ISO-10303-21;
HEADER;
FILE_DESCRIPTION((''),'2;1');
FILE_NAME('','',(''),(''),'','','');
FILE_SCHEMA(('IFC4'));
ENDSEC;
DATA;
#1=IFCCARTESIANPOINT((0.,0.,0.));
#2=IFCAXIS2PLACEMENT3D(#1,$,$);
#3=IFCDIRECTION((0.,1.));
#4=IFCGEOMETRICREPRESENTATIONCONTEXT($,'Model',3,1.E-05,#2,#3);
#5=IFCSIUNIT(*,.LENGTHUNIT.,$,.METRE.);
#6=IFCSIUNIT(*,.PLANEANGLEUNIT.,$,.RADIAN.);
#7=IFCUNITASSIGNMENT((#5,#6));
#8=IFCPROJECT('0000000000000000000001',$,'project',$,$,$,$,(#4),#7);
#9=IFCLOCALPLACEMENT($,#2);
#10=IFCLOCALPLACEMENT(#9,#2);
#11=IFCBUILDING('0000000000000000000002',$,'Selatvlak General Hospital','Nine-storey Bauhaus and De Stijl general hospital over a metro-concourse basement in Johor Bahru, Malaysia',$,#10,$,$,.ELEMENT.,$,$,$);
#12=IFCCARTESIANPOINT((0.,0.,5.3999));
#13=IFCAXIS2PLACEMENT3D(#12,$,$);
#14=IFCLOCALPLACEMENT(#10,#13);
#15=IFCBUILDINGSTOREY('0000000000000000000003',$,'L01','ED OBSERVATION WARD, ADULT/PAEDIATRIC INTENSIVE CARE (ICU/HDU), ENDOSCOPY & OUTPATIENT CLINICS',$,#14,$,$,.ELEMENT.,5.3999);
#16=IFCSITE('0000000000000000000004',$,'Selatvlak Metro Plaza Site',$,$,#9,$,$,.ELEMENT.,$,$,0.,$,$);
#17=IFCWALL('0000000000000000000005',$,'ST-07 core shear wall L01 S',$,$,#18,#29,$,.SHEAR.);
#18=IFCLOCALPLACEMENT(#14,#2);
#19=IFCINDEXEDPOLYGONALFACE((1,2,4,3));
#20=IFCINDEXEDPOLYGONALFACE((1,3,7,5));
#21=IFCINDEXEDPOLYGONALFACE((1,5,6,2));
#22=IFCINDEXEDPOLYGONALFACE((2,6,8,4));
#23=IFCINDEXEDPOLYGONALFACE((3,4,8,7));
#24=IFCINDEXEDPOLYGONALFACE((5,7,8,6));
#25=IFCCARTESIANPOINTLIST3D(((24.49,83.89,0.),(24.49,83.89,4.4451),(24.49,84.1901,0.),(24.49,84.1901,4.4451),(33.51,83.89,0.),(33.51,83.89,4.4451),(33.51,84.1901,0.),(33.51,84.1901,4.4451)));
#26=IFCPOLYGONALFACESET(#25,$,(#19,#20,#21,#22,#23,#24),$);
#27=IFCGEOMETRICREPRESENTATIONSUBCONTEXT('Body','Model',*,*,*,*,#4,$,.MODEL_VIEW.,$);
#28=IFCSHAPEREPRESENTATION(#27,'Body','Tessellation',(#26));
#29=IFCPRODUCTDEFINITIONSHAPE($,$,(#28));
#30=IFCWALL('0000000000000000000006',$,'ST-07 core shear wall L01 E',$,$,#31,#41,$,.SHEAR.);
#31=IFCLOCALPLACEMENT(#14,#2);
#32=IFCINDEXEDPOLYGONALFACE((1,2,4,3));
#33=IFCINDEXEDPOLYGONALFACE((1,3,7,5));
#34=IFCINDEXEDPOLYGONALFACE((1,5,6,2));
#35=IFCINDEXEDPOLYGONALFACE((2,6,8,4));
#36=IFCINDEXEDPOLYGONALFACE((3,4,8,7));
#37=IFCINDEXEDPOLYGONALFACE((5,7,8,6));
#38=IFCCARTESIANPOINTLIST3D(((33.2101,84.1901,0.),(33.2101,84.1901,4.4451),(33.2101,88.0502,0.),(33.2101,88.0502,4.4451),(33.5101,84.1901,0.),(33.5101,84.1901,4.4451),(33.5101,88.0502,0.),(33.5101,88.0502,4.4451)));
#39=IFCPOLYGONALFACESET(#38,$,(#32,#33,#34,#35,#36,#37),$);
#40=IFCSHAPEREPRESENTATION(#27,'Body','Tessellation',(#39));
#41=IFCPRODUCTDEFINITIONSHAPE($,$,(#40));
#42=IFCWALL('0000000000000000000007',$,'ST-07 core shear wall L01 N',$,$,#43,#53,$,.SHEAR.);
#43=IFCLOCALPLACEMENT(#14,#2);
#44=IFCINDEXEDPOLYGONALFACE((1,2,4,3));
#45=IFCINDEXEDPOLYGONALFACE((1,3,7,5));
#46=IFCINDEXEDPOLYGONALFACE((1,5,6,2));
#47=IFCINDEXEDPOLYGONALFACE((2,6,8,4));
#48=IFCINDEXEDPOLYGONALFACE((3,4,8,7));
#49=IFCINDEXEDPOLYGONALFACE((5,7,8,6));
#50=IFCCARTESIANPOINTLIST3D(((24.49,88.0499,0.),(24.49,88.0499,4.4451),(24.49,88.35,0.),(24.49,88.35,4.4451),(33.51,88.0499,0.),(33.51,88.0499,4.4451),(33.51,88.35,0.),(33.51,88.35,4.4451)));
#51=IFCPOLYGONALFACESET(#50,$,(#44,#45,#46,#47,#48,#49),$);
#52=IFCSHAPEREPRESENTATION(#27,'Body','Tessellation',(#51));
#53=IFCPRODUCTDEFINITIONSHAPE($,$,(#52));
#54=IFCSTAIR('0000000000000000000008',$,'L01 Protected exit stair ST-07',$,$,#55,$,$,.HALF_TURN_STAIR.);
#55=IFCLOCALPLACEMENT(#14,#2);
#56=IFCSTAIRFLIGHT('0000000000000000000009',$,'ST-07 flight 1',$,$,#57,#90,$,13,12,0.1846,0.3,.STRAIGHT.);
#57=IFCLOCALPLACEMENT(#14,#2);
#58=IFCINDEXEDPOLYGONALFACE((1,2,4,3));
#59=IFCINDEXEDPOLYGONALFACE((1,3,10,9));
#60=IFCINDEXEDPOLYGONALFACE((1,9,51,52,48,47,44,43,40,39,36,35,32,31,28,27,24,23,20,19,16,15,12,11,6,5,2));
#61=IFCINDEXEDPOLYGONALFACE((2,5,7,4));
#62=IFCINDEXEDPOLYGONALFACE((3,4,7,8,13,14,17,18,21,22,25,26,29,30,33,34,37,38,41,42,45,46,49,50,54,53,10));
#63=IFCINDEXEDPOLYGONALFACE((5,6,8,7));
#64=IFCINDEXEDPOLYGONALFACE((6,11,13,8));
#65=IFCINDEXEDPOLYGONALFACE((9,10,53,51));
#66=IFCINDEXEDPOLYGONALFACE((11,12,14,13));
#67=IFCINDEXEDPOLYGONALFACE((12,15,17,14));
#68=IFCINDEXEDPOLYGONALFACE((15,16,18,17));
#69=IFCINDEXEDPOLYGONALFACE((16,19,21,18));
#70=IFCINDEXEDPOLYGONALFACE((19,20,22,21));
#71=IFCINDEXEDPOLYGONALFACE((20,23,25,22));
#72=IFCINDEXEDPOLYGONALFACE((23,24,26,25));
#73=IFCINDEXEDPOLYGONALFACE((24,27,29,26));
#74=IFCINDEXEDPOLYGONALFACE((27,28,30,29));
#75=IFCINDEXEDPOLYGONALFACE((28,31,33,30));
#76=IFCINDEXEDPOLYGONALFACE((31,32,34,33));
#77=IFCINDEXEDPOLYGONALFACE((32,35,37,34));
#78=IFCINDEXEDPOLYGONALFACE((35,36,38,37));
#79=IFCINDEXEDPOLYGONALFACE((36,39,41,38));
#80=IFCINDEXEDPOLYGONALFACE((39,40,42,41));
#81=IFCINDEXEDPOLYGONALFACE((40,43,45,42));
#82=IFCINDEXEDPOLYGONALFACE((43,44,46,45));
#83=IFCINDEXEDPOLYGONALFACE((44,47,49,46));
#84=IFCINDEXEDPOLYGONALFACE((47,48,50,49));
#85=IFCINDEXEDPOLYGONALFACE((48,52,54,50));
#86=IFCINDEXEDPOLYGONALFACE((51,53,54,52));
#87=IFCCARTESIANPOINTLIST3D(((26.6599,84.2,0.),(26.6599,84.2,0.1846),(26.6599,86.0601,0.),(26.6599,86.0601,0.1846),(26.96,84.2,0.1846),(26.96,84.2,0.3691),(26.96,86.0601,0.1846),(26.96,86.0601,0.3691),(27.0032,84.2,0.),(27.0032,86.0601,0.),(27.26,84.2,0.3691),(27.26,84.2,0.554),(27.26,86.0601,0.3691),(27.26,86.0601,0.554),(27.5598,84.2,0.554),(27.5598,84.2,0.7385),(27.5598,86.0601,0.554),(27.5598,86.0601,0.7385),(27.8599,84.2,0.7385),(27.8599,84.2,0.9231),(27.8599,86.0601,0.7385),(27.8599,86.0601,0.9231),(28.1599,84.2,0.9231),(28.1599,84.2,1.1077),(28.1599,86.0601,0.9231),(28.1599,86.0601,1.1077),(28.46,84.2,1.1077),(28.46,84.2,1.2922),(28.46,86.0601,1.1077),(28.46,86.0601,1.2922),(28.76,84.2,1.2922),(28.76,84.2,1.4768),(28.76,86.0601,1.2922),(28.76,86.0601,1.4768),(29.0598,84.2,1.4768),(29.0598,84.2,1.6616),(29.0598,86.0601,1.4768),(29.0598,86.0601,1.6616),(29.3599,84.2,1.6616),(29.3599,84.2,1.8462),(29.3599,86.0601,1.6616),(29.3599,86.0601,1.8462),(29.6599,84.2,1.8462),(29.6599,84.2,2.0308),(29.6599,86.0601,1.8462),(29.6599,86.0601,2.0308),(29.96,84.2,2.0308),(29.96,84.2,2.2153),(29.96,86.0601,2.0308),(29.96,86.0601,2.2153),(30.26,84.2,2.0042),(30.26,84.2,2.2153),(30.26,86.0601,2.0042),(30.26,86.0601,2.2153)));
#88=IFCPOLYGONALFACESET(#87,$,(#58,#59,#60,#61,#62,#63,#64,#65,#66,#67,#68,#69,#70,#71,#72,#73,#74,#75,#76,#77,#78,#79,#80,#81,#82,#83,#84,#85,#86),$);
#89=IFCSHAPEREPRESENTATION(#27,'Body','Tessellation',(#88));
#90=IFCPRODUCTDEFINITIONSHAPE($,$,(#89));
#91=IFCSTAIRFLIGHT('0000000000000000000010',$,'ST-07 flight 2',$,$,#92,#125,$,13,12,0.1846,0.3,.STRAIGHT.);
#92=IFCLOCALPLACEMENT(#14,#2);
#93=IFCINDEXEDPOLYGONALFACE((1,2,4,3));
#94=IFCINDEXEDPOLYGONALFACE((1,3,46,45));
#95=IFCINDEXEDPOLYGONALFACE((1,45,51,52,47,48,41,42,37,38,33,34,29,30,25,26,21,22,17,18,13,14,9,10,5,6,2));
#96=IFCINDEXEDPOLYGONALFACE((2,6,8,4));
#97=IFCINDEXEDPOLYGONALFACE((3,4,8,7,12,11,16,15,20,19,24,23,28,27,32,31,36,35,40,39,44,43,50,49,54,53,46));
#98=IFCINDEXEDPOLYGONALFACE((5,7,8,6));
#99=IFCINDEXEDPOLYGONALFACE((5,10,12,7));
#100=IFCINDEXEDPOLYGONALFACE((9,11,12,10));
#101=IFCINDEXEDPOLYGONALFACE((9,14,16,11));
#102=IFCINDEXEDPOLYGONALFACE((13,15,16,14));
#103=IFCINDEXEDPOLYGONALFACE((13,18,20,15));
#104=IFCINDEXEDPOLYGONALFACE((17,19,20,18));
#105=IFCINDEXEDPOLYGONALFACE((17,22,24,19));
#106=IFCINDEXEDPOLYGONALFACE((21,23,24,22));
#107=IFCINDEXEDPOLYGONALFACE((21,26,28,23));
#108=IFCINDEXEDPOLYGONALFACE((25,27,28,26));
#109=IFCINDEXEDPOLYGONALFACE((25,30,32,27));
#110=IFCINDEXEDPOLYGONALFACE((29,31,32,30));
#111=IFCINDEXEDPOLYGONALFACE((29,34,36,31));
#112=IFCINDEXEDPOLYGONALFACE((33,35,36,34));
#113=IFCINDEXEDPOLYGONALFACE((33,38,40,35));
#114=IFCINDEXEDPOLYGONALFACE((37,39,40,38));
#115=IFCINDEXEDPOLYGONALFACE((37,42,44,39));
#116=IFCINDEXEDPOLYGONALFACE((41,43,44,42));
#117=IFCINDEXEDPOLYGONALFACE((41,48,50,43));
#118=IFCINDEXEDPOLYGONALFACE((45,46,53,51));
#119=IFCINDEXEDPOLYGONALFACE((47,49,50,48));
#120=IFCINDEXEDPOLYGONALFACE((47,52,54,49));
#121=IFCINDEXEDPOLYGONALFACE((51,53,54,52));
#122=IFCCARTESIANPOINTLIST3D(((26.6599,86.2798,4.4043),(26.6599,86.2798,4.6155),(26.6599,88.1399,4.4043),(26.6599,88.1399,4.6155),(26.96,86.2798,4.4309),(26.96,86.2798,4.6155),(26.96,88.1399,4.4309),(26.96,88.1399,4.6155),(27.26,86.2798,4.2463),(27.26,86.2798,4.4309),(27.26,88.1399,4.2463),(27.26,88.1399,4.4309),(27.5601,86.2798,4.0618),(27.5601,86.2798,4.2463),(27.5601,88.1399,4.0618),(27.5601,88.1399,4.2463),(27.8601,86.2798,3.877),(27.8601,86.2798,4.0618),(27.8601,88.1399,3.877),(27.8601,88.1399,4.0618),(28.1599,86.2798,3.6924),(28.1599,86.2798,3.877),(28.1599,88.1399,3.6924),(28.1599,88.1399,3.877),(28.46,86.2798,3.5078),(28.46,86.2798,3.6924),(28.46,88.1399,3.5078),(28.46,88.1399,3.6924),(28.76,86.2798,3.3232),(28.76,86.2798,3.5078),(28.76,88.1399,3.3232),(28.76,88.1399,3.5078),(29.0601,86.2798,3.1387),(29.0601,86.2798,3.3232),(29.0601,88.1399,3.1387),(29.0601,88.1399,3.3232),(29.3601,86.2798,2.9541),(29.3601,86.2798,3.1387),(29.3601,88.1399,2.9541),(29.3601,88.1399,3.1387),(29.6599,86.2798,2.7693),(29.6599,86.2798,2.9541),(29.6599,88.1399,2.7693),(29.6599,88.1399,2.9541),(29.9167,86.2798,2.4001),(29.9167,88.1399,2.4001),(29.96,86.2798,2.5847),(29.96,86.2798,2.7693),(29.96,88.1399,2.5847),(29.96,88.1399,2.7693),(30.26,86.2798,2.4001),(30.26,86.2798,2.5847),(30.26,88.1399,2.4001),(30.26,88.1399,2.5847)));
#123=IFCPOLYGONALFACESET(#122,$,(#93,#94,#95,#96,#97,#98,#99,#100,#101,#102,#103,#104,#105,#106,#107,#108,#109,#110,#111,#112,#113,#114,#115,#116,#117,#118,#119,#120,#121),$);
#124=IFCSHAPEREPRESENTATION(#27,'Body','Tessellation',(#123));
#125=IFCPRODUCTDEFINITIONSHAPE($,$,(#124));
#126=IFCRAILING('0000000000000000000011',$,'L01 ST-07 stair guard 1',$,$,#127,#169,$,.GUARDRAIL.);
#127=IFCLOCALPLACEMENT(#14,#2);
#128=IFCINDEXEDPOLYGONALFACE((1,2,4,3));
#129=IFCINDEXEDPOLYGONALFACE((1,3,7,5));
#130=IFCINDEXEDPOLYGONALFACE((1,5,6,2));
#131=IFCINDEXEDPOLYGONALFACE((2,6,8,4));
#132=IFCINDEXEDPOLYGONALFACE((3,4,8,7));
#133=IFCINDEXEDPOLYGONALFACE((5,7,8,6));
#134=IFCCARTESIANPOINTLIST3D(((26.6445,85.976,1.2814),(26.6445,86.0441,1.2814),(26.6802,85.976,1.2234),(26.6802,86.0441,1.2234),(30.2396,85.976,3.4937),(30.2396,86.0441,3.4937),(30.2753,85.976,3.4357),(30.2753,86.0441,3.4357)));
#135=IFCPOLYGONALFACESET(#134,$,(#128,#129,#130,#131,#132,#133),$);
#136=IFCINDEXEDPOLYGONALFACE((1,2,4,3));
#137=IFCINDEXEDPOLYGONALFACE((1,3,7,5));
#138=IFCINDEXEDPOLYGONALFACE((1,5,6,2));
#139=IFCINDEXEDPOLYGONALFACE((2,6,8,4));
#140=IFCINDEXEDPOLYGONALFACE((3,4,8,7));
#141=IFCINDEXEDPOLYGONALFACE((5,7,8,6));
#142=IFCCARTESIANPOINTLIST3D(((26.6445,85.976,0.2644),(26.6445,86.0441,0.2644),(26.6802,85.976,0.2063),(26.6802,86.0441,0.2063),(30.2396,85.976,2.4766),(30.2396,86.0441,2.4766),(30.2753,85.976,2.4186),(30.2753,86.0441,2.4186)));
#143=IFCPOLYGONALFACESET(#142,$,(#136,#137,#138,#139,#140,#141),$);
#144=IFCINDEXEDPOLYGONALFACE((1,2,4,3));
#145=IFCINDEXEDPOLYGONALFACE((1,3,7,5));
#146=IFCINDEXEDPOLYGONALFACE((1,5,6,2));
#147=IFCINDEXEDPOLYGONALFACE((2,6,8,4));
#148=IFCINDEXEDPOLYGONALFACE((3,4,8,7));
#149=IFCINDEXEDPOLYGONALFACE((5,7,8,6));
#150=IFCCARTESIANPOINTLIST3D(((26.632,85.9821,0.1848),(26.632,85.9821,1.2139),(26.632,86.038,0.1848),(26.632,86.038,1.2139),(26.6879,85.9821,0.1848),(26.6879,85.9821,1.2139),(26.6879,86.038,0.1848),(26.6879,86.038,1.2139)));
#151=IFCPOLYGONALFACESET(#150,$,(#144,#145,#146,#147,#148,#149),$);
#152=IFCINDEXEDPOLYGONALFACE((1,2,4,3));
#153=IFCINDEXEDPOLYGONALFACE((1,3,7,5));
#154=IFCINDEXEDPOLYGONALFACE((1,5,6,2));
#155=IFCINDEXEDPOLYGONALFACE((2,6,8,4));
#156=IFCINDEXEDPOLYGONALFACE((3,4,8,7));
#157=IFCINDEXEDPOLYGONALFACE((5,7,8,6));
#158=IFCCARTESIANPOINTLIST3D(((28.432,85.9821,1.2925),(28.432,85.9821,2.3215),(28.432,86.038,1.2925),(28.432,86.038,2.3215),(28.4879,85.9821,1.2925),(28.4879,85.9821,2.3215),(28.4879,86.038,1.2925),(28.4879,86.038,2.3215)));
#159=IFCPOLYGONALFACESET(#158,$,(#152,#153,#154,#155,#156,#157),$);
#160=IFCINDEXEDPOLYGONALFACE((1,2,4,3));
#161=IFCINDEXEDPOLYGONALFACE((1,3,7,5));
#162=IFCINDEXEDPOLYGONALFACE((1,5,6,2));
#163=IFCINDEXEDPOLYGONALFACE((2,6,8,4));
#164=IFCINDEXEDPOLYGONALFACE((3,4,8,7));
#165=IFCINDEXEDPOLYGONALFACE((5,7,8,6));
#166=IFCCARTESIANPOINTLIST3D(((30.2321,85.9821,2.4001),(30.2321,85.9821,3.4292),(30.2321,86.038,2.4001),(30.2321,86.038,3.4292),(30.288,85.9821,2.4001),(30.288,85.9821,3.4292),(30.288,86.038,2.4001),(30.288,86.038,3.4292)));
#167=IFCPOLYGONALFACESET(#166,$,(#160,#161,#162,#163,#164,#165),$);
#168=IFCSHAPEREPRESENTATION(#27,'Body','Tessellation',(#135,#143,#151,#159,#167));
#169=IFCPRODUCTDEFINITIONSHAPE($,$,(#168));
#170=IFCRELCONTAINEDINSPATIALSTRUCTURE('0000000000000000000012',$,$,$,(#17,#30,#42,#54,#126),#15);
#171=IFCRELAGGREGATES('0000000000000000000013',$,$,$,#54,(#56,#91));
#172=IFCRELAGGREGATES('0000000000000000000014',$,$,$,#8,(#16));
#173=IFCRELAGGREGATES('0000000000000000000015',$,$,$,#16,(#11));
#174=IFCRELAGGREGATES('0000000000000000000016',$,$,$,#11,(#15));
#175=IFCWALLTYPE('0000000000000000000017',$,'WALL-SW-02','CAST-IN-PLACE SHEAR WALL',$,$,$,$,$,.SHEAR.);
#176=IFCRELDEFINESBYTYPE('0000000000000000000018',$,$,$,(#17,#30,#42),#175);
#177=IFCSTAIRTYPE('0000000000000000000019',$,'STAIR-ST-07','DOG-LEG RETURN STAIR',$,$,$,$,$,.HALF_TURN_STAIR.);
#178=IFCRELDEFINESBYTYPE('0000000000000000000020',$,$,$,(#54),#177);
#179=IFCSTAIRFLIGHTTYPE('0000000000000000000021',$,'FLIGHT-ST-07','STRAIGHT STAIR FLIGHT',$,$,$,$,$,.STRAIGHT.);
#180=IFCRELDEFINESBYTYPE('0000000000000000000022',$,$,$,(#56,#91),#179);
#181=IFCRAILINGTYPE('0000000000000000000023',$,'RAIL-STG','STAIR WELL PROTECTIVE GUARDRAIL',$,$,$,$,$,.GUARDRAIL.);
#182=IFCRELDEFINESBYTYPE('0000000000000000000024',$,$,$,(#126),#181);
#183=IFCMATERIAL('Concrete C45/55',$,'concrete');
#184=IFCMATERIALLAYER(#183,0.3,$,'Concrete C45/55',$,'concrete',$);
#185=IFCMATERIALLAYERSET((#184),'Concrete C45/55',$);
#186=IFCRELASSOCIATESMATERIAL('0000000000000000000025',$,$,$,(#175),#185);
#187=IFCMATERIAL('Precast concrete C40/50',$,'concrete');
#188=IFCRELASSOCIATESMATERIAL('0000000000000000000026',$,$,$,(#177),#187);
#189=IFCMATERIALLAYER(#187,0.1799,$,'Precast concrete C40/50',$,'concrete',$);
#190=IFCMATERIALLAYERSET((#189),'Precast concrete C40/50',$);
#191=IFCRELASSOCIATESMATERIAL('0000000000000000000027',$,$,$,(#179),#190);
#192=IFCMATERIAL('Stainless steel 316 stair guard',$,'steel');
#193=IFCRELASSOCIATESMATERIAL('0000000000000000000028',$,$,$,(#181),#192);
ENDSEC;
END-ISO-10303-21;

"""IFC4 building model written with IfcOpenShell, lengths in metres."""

from ifc_helpers import new_model, si_unit, direction, frame, frame_2d, origin, origin_2d, place, context, subcontext, project, spatial, polyline, rectangle, outline, extrude, material, layer, layer_set, type_object, element, aggregate, save


model = new_model("IFC4")

# Units and contexts
model_context = context("Model", 3, precision=1e-05, world=origin(), true_north=direction((0.0, 1.0)))
body_context = subcontext(model_context, "Body", "Model", "MODEL_VIEW")
ifc_project = project(units=[si_unit("LENGTHUNIT", "METRE"), si_unit("PLANEANGLEUNIT", "RADIAN")], contexts=[model_context])

# Site, building, storey
site_placement = place(None, origin())
site = spatial("IfcSite", under=ifc_project, at=site_placement, Name="Selatvlak Metro Plaza Site", CompositionType="ELEMENT", RefElevation=0.0)
building_placement = place(site_placement, origin())
building = spatial("IfcBuilding", under=site, at=building_placement, Name="Selatvlak General Hospital", Description="Nine-storey Bauhaus and De Stijl general hospital over a metro-concourse basement in Johor Bahru, Malaysia", CompositionType="ELEMENT")
storey_placement = place(building_placement, frame((0.0, 0.0, 5.3999)))
storey = spatial("IfcBuildingStorey", under=building, at=storey_placement, Name="L01", Description="ED OBSERVATION WARD, ADULT/PAEDIATRIC INTENSIVE CARE (ICU/HDU), ENDOSCOPY & OUTPATIENT CLINICS", CompositionType="ELEMENT", Elevation=5.3999)

# Walls
ifc_material_1 = material(Name="Concrete C45/55", Category="concrete")
ifc_layer_1 = layer(ifc_material_1, 0.3, Name="Concrete C45/55", Category="concrete")
ifc_layer_set_1 = layer_set([ifc_layer_1], Name="Concrete C45/55")
wall_type_1 = type_object("IfcWallType", Name="WALL-SW-02", Description="CAST-IN-PLACE SHEAR WALL", PredefinedType="SHEAR", material=ifc_layer_set_1)
wall_1_placement = place(storey_placement, frame((24.49, 84.04, 0.0), z_axis=(0.0, 0.0, 1.0), x_axis=(1.0, 0.0, 0.0)))
element("IfcWall", 1, at=wall_1_placement, inside=storey, type_object=wall_type_1, Name="ST-07 core shear wall L01 S", PredefinedType="SHEAR", context=body_context, shape_type="SweptSolid", body=[
    extrude(rectangle(XDim=9.02, YDim=0.3, at=frame_2d((4.51, 0.0))), origin(), (0.0, 0.0, 1.0), 4.4451),
])
wall_2_placement = place(storey_placement, frame((33.3601, 84.1899, 0.0), z_axis=(0.0, 0.0, 1.0), x_axis=(0.0, 1.0, 0.0)))
element("IfcWall", 2, at=wall_2_placement, inside=storey, type_object=wall_type_1, Name="ST-07 core shear wall L01 E", PredefinedType="SHEAR", context=body_context, shape_type="SweptSolid", body=[
    extrude(rectangle(XDim=3.8601, YDim=0.3, at=frame_2d((1.9302, 0.0))), origin(), (0.0, 0.0, 1.0), 4.4451),
])
wall_3_placement = place(storey_placement, frame((33.51, 88.2, 0.0), z_axis=(0.0, 0.0, 1.0), x_axis=(-1.0, 0.0, 0.0)))
element("IfcWall", 3, at=wall_3_placement, inside=storey, type_object=wall_type_1, Name="ST-07 core shear wall L01 N", PredefinedType="SHEAR", context=body_context, shape_type="SweptSolid", body=[
    extrude(rectangle(XDim=9.02, YDim=0.3, at=frame_2d((4.51, 0.0))), origin(), (0.0, 0.0, 1.0), 4.4451),
])

# Stair, stair flights
ifc_material_2 = material(Name="Precast concrete C40/50", Category="concrete")
stair_type = type_object("IfcStairType", Name="STAIR-ST-07", Description="DOG-LEG RETURN STAIR", PredefinedType="HALF_TURN_STAIR", material=ifc_material_2)
stair_placement = place(storey_placement, origin())
stair = element("IfcStair", 4, at=stair_placement, inside=storey, type_object=stair_type, Name="L01 Protected exit stair ST-07", PredefinedType="HALF_TURN_STAIR")
ifc_layer_2 = layer(ifc_material_2, 0.1799, Name="Precast concrete C40/50", Category="concrete")
ifc_layer_set_2 = layer_set([ifc_layer_2], Name="Precast concrete C40/50")
stair_flight_type = type_object("IfcStairFlightType", Name="FLIGHT-ST-07", Description="STRAIGHT STAIR FLIGHT", PredefinedType="STRAIGHT", material=ifc_layer_set_2)
stair_flight_1_placement = place(storey_placement, frame((26.6599, 85.1299, 0.0), z_axis=(0.0, 0.0, 1.0), x_axis=(1.0, 0.0, 0.0)))
stair_flight_1 = element("IfcStairFlight", 5, at=stair_flight_1_placement, type_object=stair_flight_type, Name="ST-07 flight 1", NumberOfRisers=13, NumberOfTreads=12, PredefinedType="STRAIGHT", RiserHeight=0.1846, TreadLength=0.3, context=body_context, shape_type="SweptSolid", body=[
    extrude(outline(polyline([(0.0, 0.0), (0.0, 0.1846), (0.3, 0.1846), (0.3, 0.3691), (0.6001, 0.3691), (0.6001, 0.554), (0.8999, 0.554), (0.8999, 0.7385), (1.2, 0.7385), (1.2, 0.9231), (1.5, 0.9231), (1.5, 1.1077), (1.8, 1.1077), (1.8, 1.2922), (2.1001, 1.2922), (2.1001, 1.4768), (2.3999, 1.4768), (2.3999, 1.6616), (2.7, 1.6616), (2.7, 1.8462), (3.0, 1.8462), (3.0, 2.0308), (3.3, 2.0308), (3.3, 2.2153), (3.6001, 2.2153), (3.6001, 2.3999), (3.6001, 2.0042), (0.3433, 0.0), (0.0, 0.0)])), frame((0.0, 0.9302, 0.0), z_axis=(0.0, -1.0, 0.0), x_axis=(1.0, 0.0, 0.0)), (0.0, 0.0, 1.0), 1.8601),
])
stair_flight_2_placement = place(storey_placement, frame((30.26, 87.21, 2.4001), z_axis=(0.0, 0.0, 1.0), x_axis=(-1.0, 0.0, 0.0)))
stair_flight_2 = element("IfcStairFlight", 6, at=stair_flight_2_placement, type_object=stair_flight_type, Name="ST-07 flight 2", NumberOfRisers=13, NumberOfTreads=12, PredefinedType="STRAIGHT", RiserHeight=0.1846, TreadLength=0.3, context=body_context, shape_type="SweptSolid", body=[
    extrude(outline(polyline([(0.0, 0.0), (0.0, 0.1846), (0.3, 0.1846), (0.3, 0.3691), (0.6001, 0.3691), (0.6001, 0.554), (0.8999, 0.554), (0.8999, 0.7385), (1.2, 0.7385), (1.2, 0.9231), (1.5, 0.9231), (1.5, 1.1077), (1.8, 1.1077), (1.8, 1.2922), (2.1001, 1.2922), (2.1001, 1.4768), (2.3999, 1.4768), (2.3999, 1.6616), (2.7, 1.6616), (2.7, 1.8462), (3.0, 1.8462), (3.0, 2.0308), (3.3, 2.0308), (3.3, 2.2153), (3.6001, 2.2153), (3.6001, 2.3999), (3.6001, 2.0042), (0.3433, 0.0), (0.0, 0.0)])), frame((0.0, 0.9302, 0.0), z_axis=(0.0, -1.0, 0.0), x_axis=(1.0, 0.0, 0.0)), (0.0, 0.0, 1.0), 1.8601),
])
aggregate(stair, [stair_flight_1, stair_flight_2])

# Railing
ifc_material_3 = material(Name="Stainless steel 316 stair guard", Category="steel")
railing_type_1 = type_object("IfcRailingType", Name="RAIL-STG", Description="STAIR WELL PROTECTIVE GUARDRAIL", PredefinedType="GUARDRAIL", material=ifc_material_3)
railing_1_placement = place(storey_placement, frame((26.6599, 86.01, 0.1848)))
element("IfcRailing", 7, at=railing_1_placement, inside=storey, type_object=railing_type_1, Name="L01 ST-07 stair guard 1", PredefinedType="GUARDRAIL", context=body_context, shape_type="SweptSolid", body=[
    extrude(rectangle(XDim=0.0681, YDim=0.0681, at=origin_2d()), frame((0.0024, 0.0, 1.0676), z_axis=(0.85167, 0.0, 0.524078), x_axis=(0.0, 1.0, 0.0)), (0.0, 0.0, 1.0), 4.2212),
    extrude(rectangle(XDim=0.0681, YDim=0.0681, at=origin_2d()), frame((0.0024, 0.0, 0.0505), z_axis=(0.85167, 0.0, 0.524078), x_axis=(0.0, 1.0, 0.0)), (0.0, 0.0, 1.0), 4.2212),
    extrude(rectangle(XDim=0.0559, YDim=0.0559, at=origin_2d()), origin(), (0.0, 0.0, 1.0), 1.0291),
    extrude(rectangle(XDim=0.0559, YDim=0.0559, at=origin_2d()), frame((1.8, 0.0, 1.1077)), (0.0, 0.0, 1.0), 1.0291),
    extrude(rectangle(XDim=0.0559, YDim=0.0559, at=origin_2d()), frame((3.6001, 0.0, 2.2153)), (0.0, 0.0, 1.0), 1.0291),
])

save(model, "model.ifc")
